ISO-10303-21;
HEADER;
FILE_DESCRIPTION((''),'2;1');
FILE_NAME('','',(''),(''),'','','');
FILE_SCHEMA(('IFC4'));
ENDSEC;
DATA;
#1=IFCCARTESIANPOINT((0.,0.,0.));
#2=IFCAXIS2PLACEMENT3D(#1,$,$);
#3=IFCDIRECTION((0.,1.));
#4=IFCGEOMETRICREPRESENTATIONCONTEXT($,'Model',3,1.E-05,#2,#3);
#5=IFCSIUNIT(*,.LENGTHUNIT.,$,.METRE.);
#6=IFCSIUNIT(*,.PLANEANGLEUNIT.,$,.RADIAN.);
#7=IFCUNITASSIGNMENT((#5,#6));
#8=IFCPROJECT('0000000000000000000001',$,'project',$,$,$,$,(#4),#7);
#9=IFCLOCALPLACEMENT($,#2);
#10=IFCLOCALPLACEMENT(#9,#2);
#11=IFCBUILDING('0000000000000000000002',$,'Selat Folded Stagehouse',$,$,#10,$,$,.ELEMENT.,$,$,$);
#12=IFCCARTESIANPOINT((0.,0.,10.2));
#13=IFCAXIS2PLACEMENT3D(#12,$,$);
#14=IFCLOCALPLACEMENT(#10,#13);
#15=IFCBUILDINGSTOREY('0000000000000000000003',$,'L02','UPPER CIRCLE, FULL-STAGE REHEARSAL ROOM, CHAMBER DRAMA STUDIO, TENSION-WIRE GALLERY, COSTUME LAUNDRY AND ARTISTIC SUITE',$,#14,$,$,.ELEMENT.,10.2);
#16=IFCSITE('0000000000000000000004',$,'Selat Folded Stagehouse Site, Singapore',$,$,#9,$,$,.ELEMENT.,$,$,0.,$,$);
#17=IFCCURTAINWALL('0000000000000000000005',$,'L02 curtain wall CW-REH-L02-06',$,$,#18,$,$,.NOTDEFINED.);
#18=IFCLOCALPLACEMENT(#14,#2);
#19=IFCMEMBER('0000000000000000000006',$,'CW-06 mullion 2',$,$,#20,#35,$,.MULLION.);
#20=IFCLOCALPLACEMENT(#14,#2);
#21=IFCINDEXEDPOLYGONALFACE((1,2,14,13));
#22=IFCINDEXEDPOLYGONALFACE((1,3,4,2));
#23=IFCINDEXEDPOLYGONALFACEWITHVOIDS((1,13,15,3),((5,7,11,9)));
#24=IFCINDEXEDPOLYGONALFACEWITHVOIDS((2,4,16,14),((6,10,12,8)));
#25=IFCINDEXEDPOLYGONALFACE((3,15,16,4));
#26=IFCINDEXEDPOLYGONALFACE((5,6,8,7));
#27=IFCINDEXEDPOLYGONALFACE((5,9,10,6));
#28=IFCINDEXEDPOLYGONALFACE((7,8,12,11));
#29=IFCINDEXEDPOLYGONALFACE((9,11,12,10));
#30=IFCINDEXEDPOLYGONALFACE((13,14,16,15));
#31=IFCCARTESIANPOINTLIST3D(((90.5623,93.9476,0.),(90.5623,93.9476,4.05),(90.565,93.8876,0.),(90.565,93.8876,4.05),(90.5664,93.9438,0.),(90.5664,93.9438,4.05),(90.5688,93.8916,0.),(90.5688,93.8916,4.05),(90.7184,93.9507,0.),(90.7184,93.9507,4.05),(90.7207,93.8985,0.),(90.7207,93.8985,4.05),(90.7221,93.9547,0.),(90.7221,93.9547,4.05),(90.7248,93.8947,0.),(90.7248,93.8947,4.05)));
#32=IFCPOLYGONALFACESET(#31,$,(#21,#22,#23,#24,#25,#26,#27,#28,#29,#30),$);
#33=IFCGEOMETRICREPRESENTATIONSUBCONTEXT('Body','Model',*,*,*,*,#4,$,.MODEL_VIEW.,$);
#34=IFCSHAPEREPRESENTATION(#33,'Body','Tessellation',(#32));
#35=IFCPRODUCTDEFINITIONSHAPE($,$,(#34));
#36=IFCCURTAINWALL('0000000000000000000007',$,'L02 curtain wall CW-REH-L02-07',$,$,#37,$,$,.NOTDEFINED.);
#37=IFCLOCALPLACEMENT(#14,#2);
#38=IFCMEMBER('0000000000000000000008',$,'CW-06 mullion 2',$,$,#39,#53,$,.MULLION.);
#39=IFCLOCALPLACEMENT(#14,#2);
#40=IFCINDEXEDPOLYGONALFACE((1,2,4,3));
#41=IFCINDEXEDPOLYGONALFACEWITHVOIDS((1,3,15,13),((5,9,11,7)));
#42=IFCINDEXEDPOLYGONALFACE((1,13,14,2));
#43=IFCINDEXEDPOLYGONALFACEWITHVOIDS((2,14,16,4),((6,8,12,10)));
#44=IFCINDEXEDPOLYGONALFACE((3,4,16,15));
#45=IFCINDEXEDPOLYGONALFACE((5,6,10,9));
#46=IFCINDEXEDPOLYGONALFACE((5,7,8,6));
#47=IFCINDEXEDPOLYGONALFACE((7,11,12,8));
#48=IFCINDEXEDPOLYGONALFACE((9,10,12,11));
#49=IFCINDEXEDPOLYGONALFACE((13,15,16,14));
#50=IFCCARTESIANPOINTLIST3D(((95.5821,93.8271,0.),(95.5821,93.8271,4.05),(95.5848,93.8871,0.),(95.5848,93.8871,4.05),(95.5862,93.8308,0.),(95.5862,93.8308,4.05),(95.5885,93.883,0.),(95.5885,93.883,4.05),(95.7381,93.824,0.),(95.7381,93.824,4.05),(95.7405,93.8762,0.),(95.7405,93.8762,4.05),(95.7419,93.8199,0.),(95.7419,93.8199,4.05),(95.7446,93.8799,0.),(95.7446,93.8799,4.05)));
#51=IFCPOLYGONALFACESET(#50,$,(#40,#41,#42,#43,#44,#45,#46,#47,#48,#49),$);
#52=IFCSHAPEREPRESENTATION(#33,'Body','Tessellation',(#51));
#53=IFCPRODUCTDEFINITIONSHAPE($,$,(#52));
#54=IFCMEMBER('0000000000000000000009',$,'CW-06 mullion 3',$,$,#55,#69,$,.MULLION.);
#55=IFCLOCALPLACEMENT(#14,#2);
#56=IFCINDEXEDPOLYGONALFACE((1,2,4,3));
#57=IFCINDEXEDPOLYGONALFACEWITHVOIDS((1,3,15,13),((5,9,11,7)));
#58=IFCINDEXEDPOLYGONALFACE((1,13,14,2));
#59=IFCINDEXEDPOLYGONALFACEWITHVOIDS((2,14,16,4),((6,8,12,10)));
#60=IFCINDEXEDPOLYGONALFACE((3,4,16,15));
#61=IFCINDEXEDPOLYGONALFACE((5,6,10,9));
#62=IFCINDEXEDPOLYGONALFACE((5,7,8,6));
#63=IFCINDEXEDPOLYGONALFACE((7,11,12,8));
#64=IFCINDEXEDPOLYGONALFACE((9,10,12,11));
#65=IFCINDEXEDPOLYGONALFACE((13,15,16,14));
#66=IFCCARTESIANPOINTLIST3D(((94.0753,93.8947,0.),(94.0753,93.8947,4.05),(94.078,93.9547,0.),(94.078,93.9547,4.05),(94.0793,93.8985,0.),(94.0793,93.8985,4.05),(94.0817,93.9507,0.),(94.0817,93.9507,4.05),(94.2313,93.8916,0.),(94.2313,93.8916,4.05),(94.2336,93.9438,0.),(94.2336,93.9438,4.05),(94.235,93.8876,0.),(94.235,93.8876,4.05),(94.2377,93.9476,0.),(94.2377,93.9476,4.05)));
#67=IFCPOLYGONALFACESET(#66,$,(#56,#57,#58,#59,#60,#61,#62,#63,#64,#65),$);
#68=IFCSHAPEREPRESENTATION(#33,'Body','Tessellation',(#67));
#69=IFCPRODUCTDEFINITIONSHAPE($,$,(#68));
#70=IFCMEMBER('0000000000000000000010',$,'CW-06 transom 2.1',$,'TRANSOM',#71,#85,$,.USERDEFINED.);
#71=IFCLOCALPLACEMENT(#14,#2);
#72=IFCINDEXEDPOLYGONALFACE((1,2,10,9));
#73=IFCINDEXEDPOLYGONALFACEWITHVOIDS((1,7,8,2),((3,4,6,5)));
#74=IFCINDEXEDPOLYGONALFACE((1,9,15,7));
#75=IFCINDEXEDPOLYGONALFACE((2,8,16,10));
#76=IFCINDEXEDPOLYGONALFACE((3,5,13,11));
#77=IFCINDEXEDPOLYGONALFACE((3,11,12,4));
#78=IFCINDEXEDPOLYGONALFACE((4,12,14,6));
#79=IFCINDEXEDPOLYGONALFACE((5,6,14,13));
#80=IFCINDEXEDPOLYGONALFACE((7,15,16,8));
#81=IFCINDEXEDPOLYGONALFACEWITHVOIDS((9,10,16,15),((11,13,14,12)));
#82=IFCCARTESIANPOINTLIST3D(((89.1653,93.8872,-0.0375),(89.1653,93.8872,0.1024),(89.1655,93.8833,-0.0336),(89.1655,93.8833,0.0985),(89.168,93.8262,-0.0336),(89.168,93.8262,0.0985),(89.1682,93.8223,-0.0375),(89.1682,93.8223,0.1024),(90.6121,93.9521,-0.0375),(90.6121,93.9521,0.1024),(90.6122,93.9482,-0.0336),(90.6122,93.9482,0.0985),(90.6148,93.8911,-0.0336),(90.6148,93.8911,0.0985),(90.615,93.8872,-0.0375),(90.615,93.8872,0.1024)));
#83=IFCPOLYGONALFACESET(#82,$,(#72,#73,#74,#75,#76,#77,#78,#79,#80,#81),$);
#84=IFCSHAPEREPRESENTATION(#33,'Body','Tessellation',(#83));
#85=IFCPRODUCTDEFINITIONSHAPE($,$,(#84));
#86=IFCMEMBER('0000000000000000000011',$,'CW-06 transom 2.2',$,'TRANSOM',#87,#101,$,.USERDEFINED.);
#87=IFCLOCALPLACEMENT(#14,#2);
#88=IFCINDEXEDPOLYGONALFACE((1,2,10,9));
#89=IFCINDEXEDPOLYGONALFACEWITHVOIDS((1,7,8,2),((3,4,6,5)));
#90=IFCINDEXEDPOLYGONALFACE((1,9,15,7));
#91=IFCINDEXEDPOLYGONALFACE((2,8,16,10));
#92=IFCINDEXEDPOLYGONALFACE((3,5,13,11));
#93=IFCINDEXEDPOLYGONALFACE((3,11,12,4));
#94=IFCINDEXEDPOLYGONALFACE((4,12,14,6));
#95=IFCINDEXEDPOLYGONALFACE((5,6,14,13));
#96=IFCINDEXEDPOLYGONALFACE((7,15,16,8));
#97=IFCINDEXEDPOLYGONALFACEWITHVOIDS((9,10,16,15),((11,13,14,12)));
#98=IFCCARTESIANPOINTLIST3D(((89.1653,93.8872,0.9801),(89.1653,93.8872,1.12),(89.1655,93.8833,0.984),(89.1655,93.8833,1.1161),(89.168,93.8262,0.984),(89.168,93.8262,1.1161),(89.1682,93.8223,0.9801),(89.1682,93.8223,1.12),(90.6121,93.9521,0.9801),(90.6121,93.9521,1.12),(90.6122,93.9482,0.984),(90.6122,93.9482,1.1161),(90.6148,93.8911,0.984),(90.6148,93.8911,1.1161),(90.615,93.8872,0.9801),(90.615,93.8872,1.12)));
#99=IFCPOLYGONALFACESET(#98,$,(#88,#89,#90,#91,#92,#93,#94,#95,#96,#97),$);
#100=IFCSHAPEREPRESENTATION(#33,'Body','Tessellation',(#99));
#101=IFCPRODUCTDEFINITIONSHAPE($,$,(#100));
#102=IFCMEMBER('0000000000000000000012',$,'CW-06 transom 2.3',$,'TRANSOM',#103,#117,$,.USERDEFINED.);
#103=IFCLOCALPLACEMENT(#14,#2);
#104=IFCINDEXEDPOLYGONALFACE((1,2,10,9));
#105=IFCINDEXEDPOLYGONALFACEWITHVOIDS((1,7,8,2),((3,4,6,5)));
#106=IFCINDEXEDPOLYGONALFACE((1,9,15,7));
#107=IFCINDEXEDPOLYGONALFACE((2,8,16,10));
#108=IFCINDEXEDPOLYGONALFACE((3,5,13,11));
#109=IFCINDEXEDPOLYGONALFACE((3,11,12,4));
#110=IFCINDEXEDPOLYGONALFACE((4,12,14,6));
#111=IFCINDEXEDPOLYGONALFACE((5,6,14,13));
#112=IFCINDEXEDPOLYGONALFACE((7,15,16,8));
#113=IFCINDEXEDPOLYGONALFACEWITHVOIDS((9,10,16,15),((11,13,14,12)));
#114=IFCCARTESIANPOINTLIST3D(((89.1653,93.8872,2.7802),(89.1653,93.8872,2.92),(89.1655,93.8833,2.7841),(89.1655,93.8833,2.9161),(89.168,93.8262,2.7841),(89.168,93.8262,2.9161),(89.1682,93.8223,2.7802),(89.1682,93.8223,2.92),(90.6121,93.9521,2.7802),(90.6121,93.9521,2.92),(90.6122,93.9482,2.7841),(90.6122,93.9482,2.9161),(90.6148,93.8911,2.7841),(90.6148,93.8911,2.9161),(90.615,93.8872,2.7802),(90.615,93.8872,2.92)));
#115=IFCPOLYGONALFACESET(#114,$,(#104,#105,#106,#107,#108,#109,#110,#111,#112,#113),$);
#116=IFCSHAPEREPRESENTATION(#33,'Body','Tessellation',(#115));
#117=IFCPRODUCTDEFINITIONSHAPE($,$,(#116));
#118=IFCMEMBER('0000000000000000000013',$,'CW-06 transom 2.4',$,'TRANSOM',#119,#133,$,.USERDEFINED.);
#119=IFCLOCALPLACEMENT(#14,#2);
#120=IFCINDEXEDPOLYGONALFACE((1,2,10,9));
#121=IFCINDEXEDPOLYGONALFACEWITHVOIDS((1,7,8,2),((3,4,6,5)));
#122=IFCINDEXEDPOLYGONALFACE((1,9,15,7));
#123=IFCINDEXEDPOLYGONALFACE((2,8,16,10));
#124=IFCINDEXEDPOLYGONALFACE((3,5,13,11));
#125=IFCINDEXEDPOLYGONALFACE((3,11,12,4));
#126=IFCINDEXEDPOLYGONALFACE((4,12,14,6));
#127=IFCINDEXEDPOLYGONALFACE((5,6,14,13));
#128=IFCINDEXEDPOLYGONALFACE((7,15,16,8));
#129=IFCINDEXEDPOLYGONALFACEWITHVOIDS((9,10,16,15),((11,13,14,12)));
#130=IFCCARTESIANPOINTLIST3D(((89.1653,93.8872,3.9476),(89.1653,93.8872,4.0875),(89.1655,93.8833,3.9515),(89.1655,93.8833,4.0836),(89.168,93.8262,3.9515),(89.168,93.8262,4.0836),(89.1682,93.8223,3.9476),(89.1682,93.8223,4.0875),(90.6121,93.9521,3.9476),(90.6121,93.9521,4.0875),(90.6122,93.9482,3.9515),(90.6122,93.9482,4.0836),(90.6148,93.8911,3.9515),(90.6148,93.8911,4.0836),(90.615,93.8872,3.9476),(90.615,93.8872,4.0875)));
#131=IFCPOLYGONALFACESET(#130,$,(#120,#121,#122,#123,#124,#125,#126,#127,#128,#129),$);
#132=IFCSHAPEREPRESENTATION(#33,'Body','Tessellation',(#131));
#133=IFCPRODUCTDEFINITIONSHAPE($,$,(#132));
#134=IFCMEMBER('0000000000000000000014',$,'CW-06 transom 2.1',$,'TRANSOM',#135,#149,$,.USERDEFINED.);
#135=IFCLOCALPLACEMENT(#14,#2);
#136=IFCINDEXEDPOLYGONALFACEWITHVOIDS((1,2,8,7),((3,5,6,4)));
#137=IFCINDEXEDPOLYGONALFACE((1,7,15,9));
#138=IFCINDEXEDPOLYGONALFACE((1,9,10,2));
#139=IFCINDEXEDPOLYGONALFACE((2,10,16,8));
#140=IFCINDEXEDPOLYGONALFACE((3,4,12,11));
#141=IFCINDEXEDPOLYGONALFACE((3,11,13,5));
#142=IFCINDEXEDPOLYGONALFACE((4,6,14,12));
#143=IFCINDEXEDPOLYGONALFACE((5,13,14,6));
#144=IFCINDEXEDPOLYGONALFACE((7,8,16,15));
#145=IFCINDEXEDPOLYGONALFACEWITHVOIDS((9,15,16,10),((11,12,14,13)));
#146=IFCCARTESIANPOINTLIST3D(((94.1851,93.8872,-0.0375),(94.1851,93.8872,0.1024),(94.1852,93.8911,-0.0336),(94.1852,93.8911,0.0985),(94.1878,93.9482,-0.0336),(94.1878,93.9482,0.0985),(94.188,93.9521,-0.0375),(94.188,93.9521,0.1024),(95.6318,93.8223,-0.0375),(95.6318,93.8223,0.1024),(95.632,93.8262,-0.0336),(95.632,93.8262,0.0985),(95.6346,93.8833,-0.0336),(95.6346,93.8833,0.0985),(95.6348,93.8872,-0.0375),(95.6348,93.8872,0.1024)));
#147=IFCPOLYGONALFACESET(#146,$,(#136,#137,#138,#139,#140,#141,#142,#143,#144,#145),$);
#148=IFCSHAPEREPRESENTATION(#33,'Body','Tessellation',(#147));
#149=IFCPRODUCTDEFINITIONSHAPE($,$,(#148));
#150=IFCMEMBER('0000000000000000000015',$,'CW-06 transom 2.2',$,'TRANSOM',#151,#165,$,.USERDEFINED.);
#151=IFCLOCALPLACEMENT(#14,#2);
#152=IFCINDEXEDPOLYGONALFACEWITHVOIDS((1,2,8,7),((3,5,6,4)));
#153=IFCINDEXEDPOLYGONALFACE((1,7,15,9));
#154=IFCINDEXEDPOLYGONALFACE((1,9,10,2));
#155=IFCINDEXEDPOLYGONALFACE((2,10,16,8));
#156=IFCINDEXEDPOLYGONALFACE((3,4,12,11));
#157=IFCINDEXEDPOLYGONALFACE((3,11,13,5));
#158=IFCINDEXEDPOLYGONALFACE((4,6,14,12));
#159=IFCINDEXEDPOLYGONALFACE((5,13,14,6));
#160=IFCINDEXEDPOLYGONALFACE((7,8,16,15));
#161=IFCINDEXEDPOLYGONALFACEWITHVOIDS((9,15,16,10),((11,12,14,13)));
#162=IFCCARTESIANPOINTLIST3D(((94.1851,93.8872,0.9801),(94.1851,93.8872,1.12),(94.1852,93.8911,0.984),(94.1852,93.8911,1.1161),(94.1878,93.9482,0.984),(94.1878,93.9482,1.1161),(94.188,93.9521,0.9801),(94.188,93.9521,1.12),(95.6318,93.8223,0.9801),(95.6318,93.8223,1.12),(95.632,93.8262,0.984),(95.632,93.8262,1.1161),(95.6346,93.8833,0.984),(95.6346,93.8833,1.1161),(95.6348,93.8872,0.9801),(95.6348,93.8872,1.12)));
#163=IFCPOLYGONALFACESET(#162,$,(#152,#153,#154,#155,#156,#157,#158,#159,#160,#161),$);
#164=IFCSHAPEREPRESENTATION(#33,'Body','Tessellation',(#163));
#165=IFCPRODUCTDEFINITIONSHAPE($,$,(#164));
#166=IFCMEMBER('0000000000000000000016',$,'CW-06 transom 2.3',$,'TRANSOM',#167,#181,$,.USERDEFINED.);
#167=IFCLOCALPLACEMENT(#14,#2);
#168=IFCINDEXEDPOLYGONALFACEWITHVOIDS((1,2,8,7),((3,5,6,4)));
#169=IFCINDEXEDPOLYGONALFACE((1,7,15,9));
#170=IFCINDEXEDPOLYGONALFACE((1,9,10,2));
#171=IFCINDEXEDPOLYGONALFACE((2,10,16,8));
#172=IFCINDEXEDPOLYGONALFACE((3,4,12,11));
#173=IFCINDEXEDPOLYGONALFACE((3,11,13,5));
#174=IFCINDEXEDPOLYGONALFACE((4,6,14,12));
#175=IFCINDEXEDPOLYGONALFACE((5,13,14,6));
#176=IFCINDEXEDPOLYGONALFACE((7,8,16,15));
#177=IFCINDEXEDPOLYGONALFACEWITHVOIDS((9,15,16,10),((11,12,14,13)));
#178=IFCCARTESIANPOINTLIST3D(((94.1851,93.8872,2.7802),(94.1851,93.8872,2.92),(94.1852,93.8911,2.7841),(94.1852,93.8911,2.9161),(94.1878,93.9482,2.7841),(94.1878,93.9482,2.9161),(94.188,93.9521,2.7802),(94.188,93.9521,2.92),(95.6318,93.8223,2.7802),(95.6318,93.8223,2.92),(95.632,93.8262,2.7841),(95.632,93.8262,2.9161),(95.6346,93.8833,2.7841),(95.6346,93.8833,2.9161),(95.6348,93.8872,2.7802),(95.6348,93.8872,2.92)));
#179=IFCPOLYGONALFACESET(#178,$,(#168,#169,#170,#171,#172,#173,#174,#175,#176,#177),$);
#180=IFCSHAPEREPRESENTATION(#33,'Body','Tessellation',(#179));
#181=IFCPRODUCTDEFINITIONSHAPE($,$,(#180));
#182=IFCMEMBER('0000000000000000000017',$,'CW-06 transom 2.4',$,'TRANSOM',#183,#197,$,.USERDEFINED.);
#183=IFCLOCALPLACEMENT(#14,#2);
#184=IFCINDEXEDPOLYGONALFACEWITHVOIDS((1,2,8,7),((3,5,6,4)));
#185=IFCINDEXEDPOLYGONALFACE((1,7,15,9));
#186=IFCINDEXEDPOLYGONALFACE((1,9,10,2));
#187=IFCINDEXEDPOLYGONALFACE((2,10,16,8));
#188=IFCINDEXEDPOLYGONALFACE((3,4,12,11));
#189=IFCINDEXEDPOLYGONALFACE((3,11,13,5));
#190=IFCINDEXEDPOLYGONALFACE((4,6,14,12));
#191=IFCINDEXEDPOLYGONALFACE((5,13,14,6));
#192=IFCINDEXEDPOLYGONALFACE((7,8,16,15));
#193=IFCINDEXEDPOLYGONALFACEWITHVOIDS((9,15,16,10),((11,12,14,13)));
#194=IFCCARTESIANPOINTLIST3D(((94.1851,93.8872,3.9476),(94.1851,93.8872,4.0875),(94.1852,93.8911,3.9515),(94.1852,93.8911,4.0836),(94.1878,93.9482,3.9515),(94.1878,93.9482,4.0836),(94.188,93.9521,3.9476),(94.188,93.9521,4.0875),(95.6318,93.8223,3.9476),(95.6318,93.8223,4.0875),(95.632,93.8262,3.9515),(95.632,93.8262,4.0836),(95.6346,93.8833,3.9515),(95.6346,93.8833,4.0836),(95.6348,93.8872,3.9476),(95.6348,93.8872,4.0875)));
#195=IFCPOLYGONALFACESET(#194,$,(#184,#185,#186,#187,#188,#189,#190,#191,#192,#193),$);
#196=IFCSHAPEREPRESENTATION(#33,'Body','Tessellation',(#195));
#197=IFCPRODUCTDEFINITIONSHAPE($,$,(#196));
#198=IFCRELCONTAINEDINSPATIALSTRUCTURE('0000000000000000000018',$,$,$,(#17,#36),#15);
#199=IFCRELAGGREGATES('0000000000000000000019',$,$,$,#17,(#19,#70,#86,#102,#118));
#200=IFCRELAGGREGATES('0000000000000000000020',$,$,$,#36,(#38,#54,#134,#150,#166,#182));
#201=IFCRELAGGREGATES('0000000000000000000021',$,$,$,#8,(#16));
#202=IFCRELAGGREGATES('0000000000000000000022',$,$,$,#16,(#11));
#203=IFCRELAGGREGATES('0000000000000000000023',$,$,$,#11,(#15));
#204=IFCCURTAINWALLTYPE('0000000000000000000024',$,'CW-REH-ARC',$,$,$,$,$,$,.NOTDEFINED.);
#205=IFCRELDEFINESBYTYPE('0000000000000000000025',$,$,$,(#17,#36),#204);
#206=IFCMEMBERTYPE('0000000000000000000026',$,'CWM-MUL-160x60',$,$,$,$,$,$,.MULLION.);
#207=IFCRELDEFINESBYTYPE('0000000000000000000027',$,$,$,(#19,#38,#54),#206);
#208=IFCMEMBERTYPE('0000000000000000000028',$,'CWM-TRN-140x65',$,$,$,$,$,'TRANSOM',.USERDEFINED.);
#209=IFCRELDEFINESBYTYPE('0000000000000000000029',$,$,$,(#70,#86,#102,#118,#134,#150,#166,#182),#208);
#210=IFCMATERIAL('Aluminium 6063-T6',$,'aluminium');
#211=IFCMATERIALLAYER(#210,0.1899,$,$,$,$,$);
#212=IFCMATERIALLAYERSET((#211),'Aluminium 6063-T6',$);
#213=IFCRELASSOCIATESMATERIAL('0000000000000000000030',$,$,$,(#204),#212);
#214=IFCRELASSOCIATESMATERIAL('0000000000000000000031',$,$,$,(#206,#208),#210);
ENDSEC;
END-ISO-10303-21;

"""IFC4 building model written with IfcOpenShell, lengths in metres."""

from ifc_helpers import new_model, si_unit, direction, frame, origin, origin_2d, place, context, subcontext, project, spatial, hollow_rectangle, extrude, material, layer, layer_set, material_profile, profile_set, type_object, element, aggregate, save


model = new_model("IFC4")

# Units and contexts
model_context = context("Model", 3, precision=1e-05, world=origin(), true_north=direction((0.0, 1.0)))
body_context = subcontext(model_context, "Body", "Model", "MODEL_VIEW")
ifc_project = project(units=[si_unit("LENGTHUNIT", "METRE"), si_unit("PLANEANGLEUNIT", "RADIAN")], contexts=[model_context])

# Site, building, storey
site_placement = place(None, origin())
site = spatial("IfcSite", under=ifc_project, at=site_placement, Name="Selat Folded Stagehouse Site, Singapore", CompositionType="ELEMENT", RefElevation=0.0)
building_placement = place(site_placement, origin())
building = spatial("IfcBuilding", under=site, at=building_placement, Name="Selat Folded Stagehouse", CompositionType="ELEMENT")
storey_placement = place(building_placement, frame((0.0, 0.0, 10.2)))
storey = spatial("IfcBuildingStorey", under=building, at=storey_placement, Name="L02", Description="UPPER CIRCLE, FULL-STAGE REHEARSAL ROOM, CHAMBER DRAMA STUDIO, TENSION-WIRE GALLERY, COSTUME LAUNDRY AND ARTISTIC SUITE", CompositionType="ELEMENT", Elevation=10.2)

# Curtain wall, member
ifc_material_1 = material(Name="Aluminium 6063-T6", Category="aluminium")
ifc_layer_1 = layer(ifc_material_1, 0.1899)
ifc_layer_set_1 = layer_set([ifc_layer_1], Name="Aluminium 6063-T6")
curtain_wall_type = type_object("IfcCurtainWallType", Name="CW-REH-ARC", PredefinedType="NOTDEFINED", material=ifc_layer_set_1)
curtain_wall_1_placement = place(storey_placement, origin())
curtain_wall_1 = element("IfcCurtainWall", 1, at=curtain_wall_1_placement, inside=storey, type_object=curtain_wall_type, Name="L02 curtain wall CW-REH-L02-06", PredefinedType="NOTDEFINED")
ifc_material_profile_1 = material_profile(ifc_material_1, hollow_rectangle(XDim=0.0601, YDim=0.1599, WallThickness=0.0039, at=origin_2d()), Name="ALU 160x60x4.0")
ifc_profile_set_1 = profile_set([ifc_material_profile_1], Name="Aluminium 6063-T6")
member_type_1 = type_object("IfcMemberType", Name="CWM-MUL-160x60", PredefinedType="MULLION", material=ifc_profile_set_1)
member_1_placement = place(storey_placement, frame((90.6436, 93.9211, 0.0), z_axis=(0.0, 0.0, 1.0), x_axis=(0.044862, -0.998993, 0.0)))
member_1 = element("IfcMember", 2, at=member_1_placement, type_object=member_type_1, Name="CW-06 mullion 2", PredefinedType="MULLION", context=body_context, shape_type="SweptSolid", body=[
    extrude(hollow_rectangle(XDim=0.0601, YDim=0.1599, WallThickness=0.0039, at=origin_2d()), origin(), (0.0, 0.0, 1.0), 4.05),
])

# Curtain wall, members
curtain_wall_2_placement = place(storey_placement, origin())
curtain_wall_2 = element("IfcCurtainWall", 3, at=curtain_wall_2_placement, inside=storey, type_object=curtain_wall_type, Name="L02 curtain wall CW-REH-L02-07", PredefinedType="NOTDEFINED")
member_2_placement = place(storey_placement, frame((95.6633, 93.8535, 0.0), z_axis=(0.0, 0.0, 1.0), x_axis=(-0.044862, -0.998993, 0.0)))
member_2 = element("IfcMember", 4, at=member_2_placement, type_object=member_type_1, Name="CW-06 mullion 2", PredefinedType="MULLION", context=body_context, shape_type="SweptSolid", body=[
    extrude(hollow_rectangle(XDim=0.0601, YDim=0.1599, WallThickness=0.0039, at=origin_2d()), origin(), (0.0, 0.0, 1.0), 4.05),
])
member_3_placement = place(storey_placement, frame((94.1565, 93.9211, 0.0), z_axis=(0.0, 0.0, 1.0), x_axis=(-0.044862, -0.998993, 0.0)))
member_3 = element("IfcMember", 5, at=member_3_placement, type_object=member_type_1, Name="CW-06 mullion 3", PredefinedType="MULLION", context=body_context, shape_type="SweptSolid", body=[
    extrude(hollow_rectangle(XDim=0.0601, YDim=0.1599, WallThickness=0.0039, at=origin_2d()), origin(), (0.0, 0.0, 1.0), 4.05),
])

# Members
ifc_material_profile_2 = material_profile(ifc_material_1, hollow_rectangle(XDim=0.0649, YDim=0.1399, WallThickness=0.0039, at=origin_2d()), Name="ALU 140x65x4.0")
ifc_profile_set_2 = profile_set([ifc_material_profile_2], Name="Aluminium 6063-T6")
member_type_2 = type_object("IfcMemberType", Name="CWM-TRN-140x65", ElementType="TRANSOM", PredefinedType="USERDEFINED", material=ifc_profile_set_2)
member_4_placement = place(storey_placement, frame((90.6135, 93.9197, 0.0325), z_axis=(-0.998994, -0.044842, 0.0), x_axis=(0.044842, -0.998994, 0.0)))
member_4 = element("IfcMember", 6, at=member_4_placement, type_object=member_type_2, Name="CW-06 transom 2.1", ObjectType="TRANSOM", PredefinedType="USERDEFINED", context=body_context, shape_type="SweptSolid", body=[
    extrude(hollow_rectangle(XDim=0.0649, YDim=0.1399, WallThickness=0.0039, at=origin_2d()), origin(), (0.0, 0.0, 1.0), 1.4482),
])
member_5_placement = place(storey_placement, frame((90.6135, 93.9197, 1.05), z_axis=(-0.998994, -0.044842, 0.0), x_axis=(0.044842, -0.998994, 0.0)))
member_5 = element("IfcMember", 7, at=member_5_placement, type_object=member_type_2, Name="CW-06 transom 2.2", ObjectType="TRANSOM", PredefinedType="USERDEFINED", context=body_context, shape_type="SweptSolid", body=[
    extrude(hollow_rectangle(XDim=0.0649, YDim=0.1399, WallThickness=0.0039, at=origin_2d()), origin(), (0.0, 0.0, 1.0), 1.4482),
])
member_6_placement = place(storey_placement, frame((90.6135, 93.9197, 2.8501), z_axis=(-0.998994, -0.044842, 0.0), x_axis=(0.044842, -0.998994, 0.0)))
member_6 = element("IfcMember", 8, at=member_6_placement, type_object=member_type_2, Name="CW-06 transom 2.3", ObjectType="TRANSOM", PredefinedType="USERDEFINED", context=body_context, shape_type="SweptSolid", body=[
    extrude(hollow_rectangle(XDim=0.0649, YDim=0.1399, WallThickness=0.0039, at=origin_2d()), origin(), (0.0, 0.0, 1.0), 1.4482),
])
member_7_placement = place(storey_placement, frame((90.6135, 93.9197, 4.0176), z_axis=(-0.998994, -0.044842, 0.0), x_axis=(0.044842, -0.998994, 0.0)))
member_7 = element("IfcMember", 9, at=member_7_placement, type_object=member_type_2, Name="CW-06 transom 2.4", ObjectType="TRANSOM", PredefinedType="USERDEFINED", context=body_context, shape_type="SweptSolid", body=[
    extrude(hollow_rectangle(XDim=0.0649, YDim=0.1399, WallThickness=0.0039, at=origin_2d()), origin(), (0.0, 0.0, 1.0), 1.4482),
])
member_8_placement = place(storey_placement, frame((95.6333, 93.8547, 0.0325), z_axis=(-0.998994, 0.044842, 0.0), x_axis=(-0.044842, -0.998994, 0.0)))
member_8 = element("IfcMember", 10, at=member_8_placement, type_object=member_type_2, Name="CW-06 transom 2.1", ObjectType="TRANSOM", PredefinedType="USERDEFINED", context=body_context, shape_type="SweptSolid", body=[
    extrude(hollow_rectangle(XDim=0.0649, YDim=0.1399, WallThickness=0.0039, at=origin_2d()), origin(), (0.0, 0.0, 1.0), 1.4482),
])
member_9_placement = place(storey_placement, frame((95.6333, 93.8547, 1.05), z_axis=(-0.998994, 0.044842, 0.0), x_axis=(-0.044842, -0.998994, 0.0)))
member_9 = element("IfcMember", 11, at=member_9_placement, type_object=member_type_2, Name="CW-06 transom 2.2", ObjectType="TRANSOM", PredefinedType="USERDEFINED", context=body_context, shape_type="SweptSolid", body=[
    extrude(hollow_rectangle(XDim=0.0649, YDim=0.1399, WallThickness=0.0039, at=origin_2d()), origin(), (0.0, 0.0, 1.0), 1.4482),
])
member_10_placement = place(storey_placement, frame((95.6333, 93.8547, 2.8501), z_axis=(-0.998994, 0.044842, 0.0), x_axis=(-0.044842, -0.998994, 0.0)))
member_10 = element("IfcMember", 12, at=member_10_placement, type_object=member_type_2, Name="CW-06 transom 2.3", ObjectType="TRANSOM", PredefinedType="USERDEFINED", context=body_context, shape_type="SweptSolid", body=[
    extrude(hollow_rectangle(XDim=0.0649, YDim=0.1399, WallThickness=0.0039, at=origin_2d()), origin(), (0.0, 0.0, 1.0), 1.4482),
])
member_11_placement = place(storey_placement, frame((95.6333, 93.8547, 4.0176), z_axis=(-0.998994, 0.044842, 0.0), x_axis=(-0.044842, -0.998994, 0.0)))
member_11 = element("IfcMember", 13, at=member_11_placement, type_object=member_type_2, Name="CW-06 transom 2.4", ObjectType="TRANSOM", PredefinedType="USERDEFINED", context=body_context, shape_type="SweptSolid", body=[
    extrude(hollow_rectangle(XDim=0.0649, YDim=0.1399, WallThickness=0.0039, at=origin_2d()), origin(), (0.0, 0.0, 1.0), 1.4482),
])

aggregate(curtain_wall_1, [member_1, member_4, member_5, member_6, member_7])
aggregate(curtain_wall_2, [member_2, member_3, member_8, member_9, member_10, member_11])

save(model, "model.ifc")
